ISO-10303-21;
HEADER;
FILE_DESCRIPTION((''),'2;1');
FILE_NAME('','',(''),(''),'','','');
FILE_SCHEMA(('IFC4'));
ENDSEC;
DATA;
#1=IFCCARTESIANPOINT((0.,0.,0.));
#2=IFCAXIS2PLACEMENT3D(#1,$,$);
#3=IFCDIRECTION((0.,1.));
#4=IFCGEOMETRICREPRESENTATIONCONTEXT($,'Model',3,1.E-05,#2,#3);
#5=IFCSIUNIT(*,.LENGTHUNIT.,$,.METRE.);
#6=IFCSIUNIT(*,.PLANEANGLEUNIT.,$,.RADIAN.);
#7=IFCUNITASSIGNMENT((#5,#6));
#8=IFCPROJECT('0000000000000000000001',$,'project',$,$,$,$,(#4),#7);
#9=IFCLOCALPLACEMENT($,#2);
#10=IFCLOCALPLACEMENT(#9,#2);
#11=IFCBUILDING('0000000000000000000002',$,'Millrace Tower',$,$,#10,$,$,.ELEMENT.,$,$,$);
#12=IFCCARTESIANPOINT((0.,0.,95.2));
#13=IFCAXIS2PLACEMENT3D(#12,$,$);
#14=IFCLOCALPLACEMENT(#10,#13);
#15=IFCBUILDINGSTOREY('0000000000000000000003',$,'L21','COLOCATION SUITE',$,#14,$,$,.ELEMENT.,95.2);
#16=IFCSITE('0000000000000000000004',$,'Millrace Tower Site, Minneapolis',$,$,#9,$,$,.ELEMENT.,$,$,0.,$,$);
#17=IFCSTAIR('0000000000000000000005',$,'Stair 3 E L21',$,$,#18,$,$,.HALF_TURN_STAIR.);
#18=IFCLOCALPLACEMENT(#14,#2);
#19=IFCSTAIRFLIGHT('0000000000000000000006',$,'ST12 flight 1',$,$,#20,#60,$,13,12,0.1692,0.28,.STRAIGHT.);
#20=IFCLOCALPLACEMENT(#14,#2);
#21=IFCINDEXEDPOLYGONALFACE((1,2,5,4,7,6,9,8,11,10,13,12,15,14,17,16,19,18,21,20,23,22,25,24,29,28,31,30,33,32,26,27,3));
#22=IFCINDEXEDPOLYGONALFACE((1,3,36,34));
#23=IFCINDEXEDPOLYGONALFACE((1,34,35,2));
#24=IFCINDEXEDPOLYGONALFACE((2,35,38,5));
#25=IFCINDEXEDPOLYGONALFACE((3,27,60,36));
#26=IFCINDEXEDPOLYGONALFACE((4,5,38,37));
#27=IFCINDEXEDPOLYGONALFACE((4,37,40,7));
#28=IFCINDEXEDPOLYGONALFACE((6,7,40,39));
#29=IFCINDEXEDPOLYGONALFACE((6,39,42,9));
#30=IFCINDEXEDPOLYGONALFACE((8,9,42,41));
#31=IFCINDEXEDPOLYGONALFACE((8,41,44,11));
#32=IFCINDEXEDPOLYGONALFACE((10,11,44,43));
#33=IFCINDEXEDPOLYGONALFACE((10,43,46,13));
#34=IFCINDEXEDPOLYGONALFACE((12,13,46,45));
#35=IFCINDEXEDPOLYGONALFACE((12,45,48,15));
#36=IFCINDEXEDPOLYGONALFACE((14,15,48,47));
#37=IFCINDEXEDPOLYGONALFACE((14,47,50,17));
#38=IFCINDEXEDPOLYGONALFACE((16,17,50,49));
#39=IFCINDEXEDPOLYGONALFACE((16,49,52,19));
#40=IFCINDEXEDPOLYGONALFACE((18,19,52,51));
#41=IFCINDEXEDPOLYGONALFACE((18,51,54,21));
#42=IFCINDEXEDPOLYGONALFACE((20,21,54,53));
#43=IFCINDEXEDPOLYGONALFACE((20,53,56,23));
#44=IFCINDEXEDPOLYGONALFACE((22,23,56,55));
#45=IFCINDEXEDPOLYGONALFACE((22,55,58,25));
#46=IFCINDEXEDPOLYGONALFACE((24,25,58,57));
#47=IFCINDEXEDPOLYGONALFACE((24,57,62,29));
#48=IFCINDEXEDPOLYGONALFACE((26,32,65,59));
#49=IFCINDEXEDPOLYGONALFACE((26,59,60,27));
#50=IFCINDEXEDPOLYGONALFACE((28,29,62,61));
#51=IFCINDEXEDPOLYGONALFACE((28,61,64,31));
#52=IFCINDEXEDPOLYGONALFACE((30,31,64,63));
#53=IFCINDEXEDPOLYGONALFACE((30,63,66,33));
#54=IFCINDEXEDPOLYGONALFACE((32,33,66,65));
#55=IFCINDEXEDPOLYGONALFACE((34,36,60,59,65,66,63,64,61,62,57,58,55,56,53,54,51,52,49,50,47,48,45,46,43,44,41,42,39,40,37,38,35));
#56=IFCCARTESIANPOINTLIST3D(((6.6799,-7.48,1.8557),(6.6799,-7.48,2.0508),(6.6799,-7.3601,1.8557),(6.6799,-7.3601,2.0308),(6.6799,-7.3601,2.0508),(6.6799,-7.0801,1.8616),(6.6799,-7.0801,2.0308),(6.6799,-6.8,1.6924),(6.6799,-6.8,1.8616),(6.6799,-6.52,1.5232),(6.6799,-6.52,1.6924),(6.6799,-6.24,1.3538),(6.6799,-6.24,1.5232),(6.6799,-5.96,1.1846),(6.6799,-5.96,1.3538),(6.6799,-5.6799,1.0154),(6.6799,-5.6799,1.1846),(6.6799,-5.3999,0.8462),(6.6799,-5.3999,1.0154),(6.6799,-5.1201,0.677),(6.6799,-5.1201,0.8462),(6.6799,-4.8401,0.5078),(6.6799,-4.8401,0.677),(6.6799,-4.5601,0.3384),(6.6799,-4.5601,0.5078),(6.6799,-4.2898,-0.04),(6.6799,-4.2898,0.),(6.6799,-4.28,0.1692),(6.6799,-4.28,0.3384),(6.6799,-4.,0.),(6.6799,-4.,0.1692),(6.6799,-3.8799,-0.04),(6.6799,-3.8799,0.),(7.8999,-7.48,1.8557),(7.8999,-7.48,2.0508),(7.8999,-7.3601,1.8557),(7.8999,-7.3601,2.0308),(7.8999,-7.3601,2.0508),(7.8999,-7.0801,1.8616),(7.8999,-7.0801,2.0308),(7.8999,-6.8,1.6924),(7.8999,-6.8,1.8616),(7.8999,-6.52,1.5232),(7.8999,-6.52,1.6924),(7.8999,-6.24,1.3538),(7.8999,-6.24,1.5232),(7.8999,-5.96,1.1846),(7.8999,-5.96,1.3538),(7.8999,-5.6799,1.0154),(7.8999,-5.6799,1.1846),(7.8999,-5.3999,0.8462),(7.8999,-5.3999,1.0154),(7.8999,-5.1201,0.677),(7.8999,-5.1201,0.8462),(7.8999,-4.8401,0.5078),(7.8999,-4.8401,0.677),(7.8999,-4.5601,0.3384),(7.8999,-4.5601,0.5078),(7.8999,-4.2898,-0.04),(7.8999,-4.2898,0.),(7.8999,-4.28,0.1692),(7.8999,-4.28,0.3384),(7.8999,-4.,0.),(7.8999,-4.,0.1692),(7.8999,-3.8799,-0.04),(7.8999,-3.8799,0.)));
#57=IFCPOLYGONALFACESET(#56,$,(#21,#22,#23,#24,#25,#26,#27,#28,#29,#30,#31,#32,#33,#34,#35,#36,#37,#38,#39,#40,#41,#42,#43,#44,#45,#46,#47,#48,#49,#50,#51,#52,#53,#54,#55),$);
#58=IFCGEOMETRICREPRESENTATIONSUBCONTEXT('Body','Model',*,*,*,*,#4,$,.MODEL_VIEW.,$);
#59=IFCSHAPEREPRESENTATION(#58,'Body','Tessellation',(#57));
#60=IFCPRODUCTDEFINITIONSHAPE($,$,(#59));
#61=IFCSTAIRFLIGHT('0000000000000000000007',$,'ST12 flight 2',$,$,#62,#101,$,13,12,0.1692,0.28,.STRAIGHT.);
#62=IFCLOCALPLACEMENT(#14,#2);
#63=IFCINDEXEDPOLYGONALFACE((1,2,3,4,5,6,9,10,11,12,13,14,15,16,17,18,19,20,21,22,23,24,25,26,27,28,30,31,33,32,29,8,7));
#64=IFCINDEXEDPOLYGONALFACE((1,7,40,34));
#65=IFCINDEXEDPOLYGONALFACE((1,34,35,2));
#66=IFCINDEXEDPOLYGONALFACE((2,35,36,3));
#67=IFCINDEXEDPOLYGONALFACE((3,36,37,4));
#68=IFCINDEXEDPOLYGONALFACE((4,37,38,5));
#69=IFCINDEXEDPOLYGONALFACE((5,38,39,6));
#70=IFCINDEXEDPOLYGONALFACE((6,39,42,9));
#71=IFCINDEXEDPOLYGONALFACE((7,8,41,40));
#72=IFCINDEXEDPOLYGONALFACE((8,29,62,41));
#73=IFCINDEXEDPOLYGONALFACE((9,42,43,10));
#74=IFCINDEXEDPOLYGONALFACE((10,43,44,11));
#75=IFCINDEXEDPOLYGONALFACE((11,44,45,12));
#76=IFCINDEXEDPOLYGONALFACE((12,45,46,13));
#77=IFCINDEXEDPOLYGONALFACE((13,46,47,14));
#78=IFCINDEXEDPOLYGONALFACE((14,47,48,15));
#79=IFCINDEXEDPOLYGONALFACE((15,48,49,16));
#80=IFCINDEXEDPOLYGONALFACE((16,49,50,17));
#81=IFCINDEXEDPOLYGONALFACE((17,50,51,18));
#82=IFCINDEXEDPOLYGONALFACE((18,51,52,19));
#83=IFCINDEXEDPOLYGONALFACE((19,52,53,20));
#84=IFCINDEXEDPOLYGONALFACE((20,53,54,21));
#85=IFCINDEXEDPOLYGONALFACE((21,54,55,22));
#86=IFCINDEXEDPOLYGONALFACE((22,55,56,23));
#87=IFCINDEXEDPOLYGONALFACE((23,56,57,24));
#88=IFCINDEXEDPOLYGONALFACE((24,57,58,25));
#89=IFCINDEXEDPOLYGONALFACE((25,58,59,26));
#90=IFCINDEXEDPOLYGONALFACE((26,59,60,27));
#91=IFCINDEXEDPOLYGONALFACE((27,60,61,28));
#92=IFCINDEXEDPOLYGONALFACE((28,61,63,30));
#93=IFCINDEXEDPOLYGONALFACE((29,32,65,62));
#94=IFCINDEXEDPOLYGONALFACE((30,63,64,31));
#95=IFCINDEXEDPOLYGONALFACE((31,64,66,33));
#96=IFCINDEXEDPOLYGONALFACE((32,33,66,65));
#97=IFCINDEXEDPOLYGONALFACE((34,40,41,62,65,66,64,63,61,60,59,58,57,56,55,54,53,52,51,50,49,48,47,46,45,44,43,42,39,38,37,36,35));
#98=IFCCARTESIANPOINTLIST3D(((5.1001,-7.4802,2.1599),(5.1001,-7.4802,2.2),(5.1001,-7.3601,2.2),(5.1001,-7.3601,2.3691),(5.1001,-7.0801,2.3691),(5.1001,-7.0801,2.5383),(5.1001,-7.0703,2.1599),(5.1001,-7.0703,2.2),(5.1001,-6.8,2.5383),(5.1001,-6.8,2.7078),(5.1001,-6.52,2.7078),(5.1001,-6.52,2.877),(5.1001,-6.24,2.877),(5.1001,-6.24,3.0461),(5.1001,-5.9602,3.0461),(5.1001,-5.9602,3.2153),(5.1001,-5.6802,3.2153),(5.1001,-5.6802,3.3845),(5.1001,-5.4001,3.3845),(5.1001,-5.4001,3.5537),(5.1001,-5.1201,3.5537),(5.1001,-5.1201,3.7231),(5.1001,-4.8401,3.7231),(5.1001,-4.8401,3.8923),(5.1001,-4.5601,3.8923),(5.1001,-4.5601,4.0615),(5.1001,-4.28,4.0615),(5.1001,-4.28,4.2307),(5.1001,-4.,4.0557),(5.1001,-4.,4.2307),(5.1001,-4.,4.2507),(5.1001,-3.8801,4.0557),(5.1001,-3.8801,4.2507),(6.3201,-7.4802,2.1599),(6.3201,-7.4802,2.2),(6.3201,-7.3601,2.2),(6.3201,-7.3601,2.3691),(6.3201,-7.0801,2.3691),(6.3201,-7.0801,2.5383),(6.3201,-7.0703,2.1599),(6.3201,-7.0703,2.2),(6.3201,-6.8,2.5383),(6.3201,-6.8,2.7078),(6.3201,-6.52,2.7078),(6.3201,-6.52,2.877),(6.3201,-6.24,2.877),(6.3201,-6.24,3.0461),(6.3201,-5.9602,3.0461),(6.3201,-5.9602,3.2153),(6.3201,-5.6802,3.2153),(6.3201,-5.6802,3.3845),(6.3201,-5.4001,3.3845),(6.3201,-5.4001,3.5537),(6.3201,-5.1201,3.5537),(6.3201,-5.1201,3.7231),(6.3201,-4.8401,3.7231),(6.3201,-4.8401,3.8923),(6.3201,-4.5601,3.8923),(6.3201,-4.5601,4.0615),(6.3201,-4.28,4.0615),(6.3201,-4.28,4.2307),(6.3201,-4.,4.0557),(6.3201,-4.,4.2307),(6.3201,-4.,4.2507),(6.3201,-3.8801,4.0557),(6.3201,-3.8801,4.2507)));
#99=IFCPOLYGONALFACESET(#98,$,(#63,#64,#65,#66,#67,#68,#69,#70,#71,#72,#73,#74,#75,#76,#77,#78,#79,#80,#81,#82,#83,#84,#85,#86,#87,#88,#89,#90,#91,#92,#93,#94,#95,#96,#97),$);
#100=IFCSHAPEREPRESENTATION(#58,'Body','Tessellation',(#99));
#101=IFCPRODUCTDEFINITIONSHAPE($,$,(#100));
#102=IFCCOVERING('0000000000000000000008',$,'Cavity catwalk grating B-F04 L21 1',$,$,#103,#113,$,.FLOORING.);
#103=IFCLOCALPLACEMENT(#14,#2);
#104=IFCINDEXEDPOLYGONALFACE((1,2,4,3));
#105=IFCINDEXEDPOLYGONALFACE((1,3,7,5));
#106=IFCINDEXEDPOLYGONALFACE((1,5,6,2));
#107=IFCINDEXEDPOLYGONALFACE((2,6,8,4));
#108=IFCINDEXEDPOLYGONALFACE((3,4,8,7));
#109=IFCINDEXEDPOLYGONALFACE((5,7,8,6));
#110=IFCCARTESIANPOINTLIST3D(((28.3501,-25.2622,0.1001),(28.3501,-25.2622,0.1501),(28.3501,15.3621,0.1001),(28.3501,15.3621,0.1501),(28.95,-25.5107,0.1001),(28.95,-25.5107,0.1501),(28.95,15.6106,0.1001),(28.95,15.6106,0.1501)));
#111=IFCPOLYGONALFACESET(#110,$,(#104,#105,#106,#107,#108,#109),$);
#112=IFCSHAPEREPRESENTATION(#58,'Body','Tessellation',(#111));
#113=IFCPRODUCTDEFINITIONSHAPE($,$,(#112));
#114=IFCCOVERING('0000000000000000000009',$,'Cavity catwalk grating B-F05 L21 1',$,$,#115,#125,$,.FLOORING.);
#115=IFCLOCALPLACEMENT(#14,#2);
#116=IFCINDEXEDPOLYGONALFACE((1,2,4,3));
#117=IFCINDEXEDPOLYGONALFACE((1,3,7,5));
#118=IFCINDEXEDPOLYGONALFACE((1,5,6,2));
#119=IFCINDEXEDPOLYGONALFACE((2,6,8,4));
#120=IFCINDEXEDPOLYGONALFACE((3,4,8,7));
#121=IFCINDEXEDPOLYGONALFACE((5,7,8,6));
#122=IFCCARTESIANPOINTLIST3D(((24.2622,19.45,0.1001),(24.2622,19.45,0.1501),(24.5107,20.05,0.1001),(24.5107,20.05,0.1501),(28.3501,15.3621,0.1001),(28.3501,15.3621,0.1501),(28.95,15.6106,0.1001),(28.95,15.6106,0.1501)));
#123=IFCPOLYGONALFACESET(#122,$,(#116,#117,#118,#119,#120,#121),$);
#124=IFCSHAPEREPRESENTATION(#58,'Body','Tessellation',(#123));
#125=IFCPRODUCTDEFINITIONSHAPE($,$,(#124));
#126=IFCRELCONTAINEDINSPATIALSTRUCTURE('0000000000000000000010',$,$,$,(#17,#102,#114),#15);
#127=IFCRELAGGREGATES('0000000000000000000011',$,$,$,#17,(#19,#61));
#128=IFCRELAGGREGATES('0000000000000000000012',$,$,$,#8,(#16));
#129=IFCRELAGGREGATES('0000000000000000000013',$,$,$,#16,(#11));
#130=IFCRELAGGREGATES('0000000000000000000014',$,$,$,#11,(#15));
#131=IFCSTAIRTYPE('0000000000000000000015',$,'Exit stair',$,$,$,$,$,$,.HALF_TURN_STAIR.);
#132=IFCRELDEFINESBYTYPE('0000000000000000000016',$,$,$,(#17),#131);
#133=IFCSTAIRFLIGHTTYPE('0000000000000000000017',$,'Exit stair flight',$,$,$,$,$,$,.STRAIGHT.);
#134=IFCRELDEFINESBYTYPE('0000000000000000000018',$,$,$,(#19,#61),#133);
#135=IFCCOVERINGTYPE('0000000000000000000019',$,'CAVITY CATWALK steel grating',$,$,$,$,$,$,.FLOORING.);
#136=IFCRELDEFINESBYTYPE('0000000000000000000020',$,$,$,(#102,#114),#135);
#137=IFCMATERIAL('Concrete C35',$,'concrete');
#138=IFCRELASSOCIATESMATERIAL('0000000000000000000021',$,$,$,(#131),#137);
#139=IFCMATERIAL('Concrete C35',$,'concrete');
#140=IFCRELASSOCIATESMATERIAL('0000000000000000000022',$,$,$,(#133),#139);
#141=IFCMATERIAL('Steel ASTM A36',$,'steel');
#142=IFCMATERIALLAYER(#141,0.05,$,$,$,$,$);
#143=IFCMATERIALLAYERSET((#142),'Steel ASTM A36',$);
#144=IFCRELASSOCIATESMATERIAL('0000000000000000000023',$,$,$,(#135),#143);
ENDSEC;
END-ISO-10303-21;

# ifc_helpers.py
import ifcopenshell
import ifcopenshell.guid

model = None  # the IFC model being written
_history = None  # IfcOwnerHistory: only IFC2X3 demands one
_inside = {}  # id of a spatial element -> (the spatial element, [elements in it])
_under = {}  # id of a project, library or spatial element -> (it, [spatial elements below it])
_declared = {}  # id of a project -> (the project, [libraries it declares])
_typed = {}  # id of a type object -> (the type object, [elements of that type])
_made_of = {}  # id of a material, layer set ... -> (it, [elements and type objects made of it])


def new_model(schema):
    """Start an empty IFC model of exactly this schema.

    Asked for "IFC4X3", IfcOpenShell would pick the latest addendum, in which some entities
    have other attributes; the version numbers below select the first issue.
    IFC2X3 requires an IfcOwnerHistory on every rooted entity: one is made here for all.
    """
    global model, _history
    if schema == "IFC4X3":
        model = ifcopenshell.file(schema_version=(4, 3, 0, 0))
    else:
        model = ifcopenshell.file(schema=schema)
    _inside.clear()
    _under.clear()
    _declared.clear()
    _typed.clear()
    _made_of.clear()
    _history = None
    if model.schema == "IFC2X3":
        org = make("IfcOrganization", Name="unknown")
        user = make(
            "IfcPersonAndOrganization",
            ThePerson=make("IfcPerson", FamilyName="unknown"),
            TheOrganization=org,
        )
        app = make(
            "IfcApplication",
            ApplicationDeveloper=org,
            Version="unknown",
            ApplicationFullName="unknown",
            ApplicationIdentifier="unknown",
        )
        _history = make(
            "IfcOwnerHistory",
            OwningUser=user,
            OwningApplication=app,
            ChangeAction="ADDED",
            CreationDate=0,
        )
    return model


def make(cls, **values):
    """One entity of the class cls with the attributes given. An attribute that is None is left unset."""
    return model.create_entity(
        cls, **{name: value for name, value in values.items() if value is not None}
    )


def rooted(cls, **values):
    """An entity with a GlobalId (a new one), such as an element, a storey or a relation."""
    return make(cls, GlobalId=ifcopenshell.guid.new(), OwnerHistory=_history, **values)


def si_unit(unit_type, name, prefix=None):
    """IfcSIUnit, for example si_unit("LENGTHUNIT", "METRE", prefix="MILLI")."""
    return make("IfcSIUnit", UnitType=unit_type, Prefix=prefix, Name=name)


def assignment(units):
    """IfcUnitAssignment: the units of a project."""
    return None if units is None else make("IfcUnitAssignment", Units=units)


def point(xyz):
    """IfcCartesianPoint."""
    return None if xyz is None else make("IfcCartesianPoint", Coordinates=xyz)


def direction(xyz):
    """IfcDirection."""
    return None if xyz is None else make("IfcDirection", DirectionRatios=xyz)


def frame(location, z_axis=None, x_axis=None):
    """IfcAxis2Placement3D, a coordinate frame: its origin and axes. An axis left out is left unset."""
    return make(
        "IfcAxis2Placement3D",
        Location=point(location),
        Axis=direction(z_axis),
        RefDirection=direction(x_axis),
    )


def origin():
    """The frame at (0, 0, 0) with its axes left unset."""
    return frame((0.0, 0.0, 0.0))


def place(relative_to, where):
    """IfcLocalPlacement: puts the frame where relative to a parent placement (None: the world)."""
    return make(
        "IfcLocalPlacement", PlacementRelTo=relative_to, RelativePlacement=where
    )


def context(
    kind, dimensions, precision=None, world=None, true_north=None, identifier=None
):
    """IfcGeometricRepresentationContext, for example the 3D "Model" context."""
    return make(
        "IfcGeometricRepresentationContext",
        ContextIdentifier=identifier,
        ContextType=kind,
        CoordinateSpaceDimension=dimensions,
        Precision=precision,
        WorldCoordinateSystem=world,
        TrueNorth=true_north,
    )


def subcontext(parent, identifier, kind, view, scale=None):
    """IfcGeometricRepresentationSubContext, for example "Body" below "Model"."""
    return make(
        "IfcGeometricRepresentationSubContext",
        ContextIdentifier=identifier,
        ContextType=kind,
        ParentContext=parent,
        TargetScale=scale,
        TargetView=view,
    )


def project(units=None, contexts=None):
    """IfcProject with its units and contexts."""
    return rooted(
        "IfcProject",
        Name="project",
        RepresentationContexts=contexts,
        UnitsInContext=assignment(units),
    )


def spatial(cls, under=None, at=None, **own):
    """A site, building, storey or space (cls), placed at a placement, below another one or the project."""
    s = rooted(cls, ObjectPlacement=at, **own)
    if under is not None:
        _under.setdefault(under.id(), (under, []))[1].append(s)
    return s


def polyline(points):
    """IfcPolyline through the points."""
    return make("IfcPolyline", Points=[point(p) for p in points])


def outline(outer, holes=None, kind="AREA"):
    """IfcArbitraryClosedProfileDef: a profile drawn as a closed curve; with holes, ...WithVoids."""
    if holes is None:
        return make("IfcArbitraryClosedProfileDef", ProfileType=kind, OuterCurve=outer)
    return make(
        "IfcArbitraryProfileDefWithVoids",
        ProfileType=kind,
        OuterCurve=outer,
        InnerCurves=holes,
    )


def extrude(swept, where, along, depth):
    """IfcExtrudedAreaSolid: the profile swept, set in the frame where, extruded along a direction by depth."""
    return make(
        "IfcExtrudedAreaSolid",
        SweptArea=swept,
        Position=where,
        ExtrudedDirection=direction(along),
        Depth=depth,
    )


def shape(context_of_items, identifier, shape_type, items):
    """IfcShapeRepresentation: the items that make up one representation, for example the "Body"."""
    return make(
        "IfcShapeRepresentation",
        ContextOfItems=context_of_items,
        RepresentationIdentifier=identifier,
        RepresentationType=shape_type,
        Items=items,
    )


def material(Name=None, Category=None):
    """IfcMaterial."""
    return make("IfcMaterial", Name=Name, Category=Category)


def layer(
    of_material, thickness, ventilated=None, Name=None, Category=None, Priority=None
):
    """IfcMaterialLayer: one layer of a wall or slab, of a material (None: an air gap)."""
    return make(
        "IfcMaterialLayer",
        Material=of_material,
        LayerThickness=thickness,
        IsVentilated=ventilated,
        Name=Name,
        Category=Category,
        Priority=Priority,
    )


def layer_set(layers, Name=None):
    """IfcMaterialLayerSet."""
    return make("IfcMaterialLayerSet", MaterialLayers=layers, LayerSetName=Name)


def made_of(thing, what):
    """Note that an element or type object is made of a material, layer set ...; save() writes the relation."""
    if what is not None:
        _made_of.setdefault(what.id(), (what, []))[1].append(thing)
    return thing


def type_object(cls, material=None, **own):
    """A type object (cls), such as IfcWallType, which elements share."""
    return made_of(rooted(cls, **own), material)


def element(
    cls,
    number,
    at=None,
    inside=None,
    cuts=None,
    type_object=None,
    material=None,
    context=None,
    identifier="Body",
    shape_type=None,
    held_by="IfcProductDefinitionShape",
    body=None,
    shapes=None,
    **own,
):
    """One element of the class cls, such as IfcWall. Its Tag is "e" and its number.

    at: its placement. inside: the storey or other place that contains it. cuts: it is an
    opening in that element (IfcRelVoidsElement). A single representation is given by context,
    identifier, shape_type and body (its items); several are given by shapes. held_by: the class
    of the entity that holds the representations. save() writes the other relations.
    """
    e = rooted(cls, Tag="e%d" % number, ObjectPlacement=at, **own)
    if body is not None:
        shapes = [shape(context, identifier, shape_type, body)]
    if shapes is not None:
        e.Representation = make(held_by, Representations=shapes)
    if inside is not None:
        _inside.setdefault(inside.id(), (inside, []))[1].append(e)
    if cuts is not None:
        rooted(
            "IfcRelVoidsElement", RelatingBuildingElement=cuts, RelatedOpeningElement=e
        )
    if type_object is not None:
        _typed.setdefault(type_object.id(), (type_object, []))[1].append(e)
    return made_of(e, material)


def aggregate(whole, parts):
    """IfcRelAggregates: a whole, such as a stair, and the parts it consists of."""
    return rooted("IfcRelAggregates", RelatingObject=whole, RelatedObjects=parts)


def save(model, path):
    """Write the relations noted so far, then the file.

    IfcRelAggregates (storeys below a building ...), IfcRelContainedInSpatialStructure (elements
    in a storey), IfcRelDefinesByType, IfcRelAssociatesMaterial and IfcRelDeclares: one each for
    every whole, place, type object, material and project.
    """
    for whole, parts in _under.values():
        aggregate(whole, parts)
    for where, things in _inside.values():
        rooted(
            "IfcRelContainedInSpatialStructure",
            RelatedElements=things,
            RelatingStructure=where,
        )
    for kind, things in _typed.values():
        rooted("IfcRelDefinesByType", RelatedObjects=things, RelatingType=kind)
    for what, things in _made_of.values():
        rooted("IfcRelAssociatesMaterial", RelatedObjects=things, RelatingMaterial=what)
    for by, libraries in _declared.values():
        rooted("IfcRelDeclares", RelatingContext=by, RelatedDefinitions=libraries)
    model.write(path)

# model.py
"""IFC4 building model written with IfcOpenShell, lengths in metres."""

from ifc_helpers import new_model, si_unit, direction, frame, origin, place, context, subcontext, project, spatial, polyline, outline, extrude, material, layer, layer_set, type_object, element, aggregate, save


model = new_model("IFC4")

# Units and contexts
model_context = context("Model", 3, precision=1e-05, world=origin(), true_north=direction((0.0, 1.0)))
body_context = subcontext(model_context, "Body", "Model", "MODEL_VIEW")
ifc_project = project(units=[si_unit("LENGTHUNIT", "METRE"), si_unit("PLANEANGLEUNIT", "RADIAN")], contexts=[model_context])

# Site, building, storey
site_placement = place(None, origin())
site = spatial("IfcSite", under=ifc_project, at=site_placement, Name="Millrace Tower Site, Minneapolis", CompositionType="ELEMENT", RefElevation=0.0)
building_placement = place(site_placement, origin())
building = spatial("IfcBuilding", under=site, at=building_placement, Name="Millrace Tower", CompositionType="ELEMENT")
storey_placement = place(building_placement, frame((0.0, 0.0, 95.2)))
storey = spatial("IfcBuildingStorey", under=building, at=storey_placement, Name="L21", Description="COLOCATION SUITE", CompositionType="ELEMENT", Elevation=95.2)

# Shared definitions
placement_1 = place(storey_placement, origin())

# Stair, stair flights
ifc_material_1 = material(Name="Concrete C35", Category="concrete")
stair_type = type_object("IfcStairType", Name="Exit stair", PredefinedType="HALF_TURN_STAIR", material=ifc_material_1)
ifc_material_2 = material(Name="Concrete C35", Category="concrete")
stair_flight_type = type_object("IfcStairFlightType", Name="Exit stair flight", PredefinedType="STRAIGHT", material=ifc_material_2)
stair_1 = element("IfcStair", 1, at=placement_1, inside=storey, type_object=stair_type, Name="Stair 3 E L21", PredefinedType="HALF_TURN_STAIR")
stair_flight_1_placement = place(storey_placement, frame((7.29, -4.0, 0.0), z_axis=(0.0, 0.0, 1.0), x_axis=(0.0, -1.0, 0.0)))
stair_flight_1 = element("IfcStairFlight", 2, at=stair_flight_1_placement, type_object=stair_flight_type, Name="ST12 flight 1", NumberOfRisers=13, NumberOfTreads=12, PredefinedType="STRAIGHT", RiserHeight=0.1692, TreadLength=0.28, context=body_context, shape_type="SweptSolid", body=[
    extrude(outline(polyline([(-0.1201, -0.04), (-0.1201, 0.0), (0.0, 0.0), (0.0, 0.1692), (0.28, 0.1692), (0.28, 0.3384), (0.5601, 0.3384), (0.5601, 0.5078), (0.8401, 0.5078), (0.8401, 0.677), (1.1201, 0.677), (1.1201, 0.8462), (1.3999, 0.8462), (1.3999, 1.0154), (1.6799, 1.0154), (1.6799, 1.1846), (1.96, 1.1846), (1.96, 1.3538), (2.24, 1.3538), (2.24, 1.5232), (2.52, 1.5232), (2.52, 1.6924), (2.8, 1.6924), (2.8, 1.8616), (3.0801, 1.8616), (3.0801, 2.0308), (3.3601, 2.0308), (3.3601, 2.0508), (3.48, 2.0508), (3.48, 1.8557), (3.3601, 1.8557), (0.2898, 0.0), (0.2898, -0.04), (-0.1201, -0.04)])), frame((0.0, 0.6099, 0.0), z_axis=(0.0, -1.0, 0.0), x_axis=(1.0, 0.0, 0.0)), (0.0, 0.0, 1.0), 1.22),
])
stair_flight_2_placement = place(storey_placement, frame((5.71, -7.3601, 2.2), z_axis=(0.0, 0.0, 1.0), x_axis=(0.0, 1.0, 0.0)))
stair_flight_2 = element("IfcStairFlight", 3, at=stair_flight_2_placement, type_object=stair_flight_type, Name="ST12 flight 2", NumberOfRisers=13, NumberOfTreads=12, PredefinedType="STRAIGHT", RiserHeight=0.1692, TreadLength=0.28, context=body_context, shape_type="SweptSolid", body=[
    extrude(outline(polyline([(-0.1201, -0.04), (-0.1201, 0.0), (0.0, 0.0), (0.0, 0.1692), (0.28, 0.1692), (0.28, 0.3384), (0.5601, 0.3384), (0.5601, 0.5078), (0.8401, 0.5078), (0.8401, 0.677), (1.1201, 0.677), (1.1201, 0.8462), (1.3999, 0.8462), (1.3999, 1.0154), (1.6799, 1.0154), (1.6799, 1.1846), (1.96, 1.1846), (1.96, 1.3538), (2.24, 1.3538), (2.24, 1.5232), (2.52, 1.5232), (2.52, 1.6924), (2.8, 1.6924), (2.8, 1.8616), (3.0801, 1.8616), (3.0801, 2.0308), (3.3601, 2.0308), (3.3601, 2.0508), (3.48, 2.0508), (3.48, 1.8557), (3.3601, 1.8557), (0.2898, 0.0), (0.2898, -0.04), (-0.1201, -0.04)])), frame((0.0, 0.6099, 0.0), z_axis=(0.0, -1.0, 0.0), x_axis=(1.0, 0.0, 0.0)), (0.0, 0.0, 1.0), 1.22),
])
aggregate(stair_1, [stair_flight_1, stair_flight_2])

# Coverings
ifc_material_3 = material(Name="Steel ASTM A36", Category="steel")
ifc_layer_1 = layer(ifc_material_3, 0.05)
ifc_layer_set_1 = layer_set([ifc_layer_1], Name="Steel ASTM A36")
covering_type = type_object("IfcCoveringType", Name="CAVITY CATWALK steel grating", PredefinedType="FLOORING", material=ifc_layer_set_1)
placement_2 = place(storey_placement, frame((0.0, 0.0, 0.1001)))
element("IfcCovering", 4, at=placement_2, inside=storey, type_object=covering_type, Name="Cavity catwalk grating B-F04 L21 1", PredefinedType="FLOORING", context=body_context, shape_type="SweptSolid", body=[
    extrude(outline(polyline([(28.95, -25.5107), (28.95, 15.6106), (28.3501, 15.3621), (28.3501, -25.2622), (28.95, -25.5107)])), origin(), (0.0, 0.0, 1.0), 0.05),
])
element("IfcCovering", 5, at=placement_2, inside=storey, type_object=covering_type, Name="Cavity catwalk grating B-F05 L21 1", PredefinedType="FLOORING", context=body_context, shape_type="SweptSolid", body=[
    extrude(outline(polyline([(28.95, 15.6106), (24.5107, 20.05), (24.2622, 19.45), (28.3501, 15.3621), (28.95, 15.6106)])), origin(), (0.0, 0.0, 1.0), 0.05),
])

save(model, "model.ifc")
